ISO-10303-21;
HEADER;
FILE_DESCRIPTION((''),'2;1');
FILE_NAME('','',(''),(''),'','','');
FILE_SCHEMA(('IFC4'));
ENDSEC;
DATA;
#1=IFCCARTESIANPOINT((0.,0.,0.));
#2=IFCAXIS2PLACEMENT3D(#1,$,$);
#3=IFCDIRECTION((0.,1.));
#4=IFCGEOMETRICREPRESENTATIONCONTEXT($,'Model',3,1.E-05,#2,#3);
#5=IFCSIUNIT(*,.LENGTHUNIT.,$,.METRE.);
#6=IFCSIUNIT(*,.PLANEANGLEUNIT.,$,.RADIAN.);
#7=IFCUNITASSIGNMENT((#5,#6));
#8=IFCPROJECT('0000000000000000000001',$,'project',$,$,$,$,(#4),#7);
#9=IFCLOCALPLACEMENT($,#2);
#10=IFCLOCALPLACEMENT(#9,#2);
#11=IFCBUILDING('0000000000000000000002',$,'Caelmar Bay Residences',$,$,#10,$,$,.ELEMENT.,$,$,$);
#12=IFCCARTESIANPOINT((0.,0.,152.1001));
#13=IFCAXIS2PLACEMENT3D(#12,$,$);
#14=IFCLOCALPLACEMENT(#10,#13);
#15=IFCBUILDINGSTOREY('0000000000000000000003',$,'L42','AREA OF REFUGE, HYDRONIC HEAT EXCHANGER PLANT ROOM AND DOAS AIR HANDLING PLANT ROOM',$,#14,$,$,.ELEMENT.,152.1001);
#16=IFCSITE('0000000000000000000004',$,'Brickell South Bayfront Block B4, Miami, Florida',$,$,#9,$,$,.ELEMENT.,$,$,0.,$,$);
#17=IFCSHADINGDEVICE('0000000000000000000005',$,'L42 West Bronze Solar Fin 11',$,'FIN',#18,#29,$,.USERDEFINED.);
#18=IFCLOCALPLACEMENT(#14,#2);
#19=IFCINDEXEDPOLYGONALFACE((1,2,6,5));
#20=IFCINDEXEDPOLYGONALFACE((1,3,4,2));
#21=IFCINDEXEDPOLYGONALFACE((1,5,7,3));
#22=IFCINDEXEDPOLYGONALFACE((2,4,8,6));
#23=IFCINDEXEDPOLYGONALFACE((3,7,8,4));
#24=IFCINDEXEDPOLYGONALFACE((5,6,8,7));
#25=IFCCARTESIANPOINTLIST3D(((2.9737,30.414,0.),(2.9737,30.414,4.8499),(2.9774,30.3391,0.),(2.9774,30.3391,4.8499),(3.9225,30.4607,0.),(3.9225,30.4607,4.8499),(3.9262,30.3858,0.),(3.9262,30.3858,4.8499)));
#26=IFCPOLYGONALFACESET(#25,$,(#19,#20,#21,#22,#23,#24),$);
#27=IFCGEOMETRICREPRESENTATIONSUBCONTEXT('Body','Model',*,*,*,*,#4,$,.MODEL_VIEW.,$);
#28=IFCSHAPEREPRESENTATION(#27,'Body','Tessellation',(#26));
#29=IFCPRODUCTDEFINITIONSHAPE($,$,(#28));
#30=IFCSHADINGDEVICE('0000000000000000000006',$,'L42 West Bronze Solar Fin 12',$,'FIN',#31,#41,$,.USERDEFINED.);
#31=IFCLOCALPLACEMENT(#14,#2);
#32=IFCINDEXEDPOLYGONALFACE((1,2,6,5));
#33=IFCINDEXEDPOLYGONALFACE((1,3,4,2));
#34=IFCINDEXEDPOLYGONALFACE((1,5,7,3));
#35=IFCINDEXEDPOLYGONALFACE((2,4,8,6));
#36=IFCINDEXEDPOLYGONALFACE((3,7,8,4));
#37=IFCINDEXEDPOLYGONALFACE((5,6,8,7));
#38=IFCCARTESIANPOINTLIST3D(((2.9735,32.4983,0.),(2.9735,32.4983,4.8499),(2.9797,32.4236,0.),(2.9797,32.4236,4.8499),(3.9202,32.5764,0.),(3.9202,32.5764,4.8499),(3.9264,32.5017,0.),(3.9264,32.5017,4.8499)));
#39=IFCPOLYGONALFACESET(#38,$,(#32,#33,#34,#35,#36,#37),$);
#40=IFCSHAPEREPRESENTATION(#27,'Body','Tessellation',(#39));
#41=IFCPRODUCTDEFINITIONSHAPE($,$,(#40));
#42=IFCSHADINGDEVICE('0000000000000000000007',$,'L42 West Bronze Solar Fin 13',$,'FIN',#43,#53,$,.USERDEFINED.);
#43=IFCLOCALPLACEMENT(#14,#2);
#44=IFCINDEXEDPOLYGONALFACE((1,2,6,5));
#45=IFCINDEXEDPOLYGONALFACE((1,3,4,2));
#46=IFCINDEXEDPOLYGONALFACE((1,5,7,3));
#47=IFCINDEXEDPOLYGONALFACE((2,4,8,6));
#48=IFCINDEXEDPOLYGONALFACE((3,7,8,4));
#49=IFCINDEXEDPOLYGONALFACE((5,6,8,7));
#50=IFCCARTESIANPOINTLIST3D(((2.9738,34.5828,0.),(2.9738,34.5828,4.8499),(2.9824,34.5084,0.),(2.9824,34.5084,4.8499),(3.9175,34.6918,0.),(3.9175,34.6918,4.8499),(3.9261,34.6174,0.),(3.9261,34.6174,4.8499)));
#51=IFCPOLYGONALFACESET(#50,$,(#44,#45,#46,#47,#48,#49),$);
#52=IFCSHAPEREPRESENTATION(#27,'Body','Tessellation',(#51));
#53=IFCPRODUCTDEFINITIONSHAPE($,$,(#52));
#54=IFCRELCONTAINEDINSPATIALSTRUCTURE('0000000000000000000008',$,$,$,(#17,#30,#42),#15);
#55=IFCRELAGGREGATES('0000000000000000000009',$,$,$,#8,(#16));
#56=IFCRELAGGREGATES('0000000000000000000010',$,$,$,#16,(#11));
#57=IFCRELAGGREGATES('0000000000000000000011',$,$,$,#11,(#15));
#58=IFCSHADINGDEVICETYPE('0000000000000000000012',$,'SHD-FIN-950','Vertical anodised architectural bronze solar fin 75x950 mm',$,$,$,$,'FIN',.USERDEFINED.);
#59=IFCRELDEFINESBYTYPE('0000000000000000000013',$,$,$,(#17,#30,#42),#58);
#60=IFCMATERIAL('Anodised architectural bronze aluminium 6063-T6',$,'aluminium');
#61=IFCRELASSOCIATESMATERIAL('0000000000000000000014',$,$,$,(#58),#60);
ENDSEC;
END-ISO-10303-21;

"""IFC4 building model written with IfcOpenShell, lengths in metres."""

from ifc_helpers import new_model, si_unit, direction, frame, origin, origin_2d, place, context, subcontext, project, spatial, rectangle, extrude, material, material_profile, profile_set, type_object, element, save


model = new_model("IFC4")

# Units and contexts
model_context = context("Model", 3, precision=1e-05, world=origin(), true_north=direction((0.0, 1.0)))
body_context = subcontext(model_context, "Body", "Model", "MODEL_VIEW")
ifc_project = project(units=[si_unit("LENGTHUNIT", "METRE"), si_unit("PLANEANGLEUNIT", "RADIAN")], contexts=[model_context])

# Site, building, storey
site_placement = place(None, origin())
site = spatial("IfcSite", under=ifc_project, at=site_placement, Name="Brickell South Bayfront Block B4, Miami, Florida", CompositionType="ELEMENT", RefElevation=0.0)
building_placement = place(site_placement, origin())
building = spatial("IfcBuilding", under=site, at=building_placement, Name="Caelmar Bay Residences", CompositionType="ELEMENT")
storey_placement = place(building_placement, frame((0.0, 0.0, 152.1001)))
storey = spatial("IfcBuildingStorey", under=building, at=storey_placement, Name="L42", Description="AREA OF REFUGE, HYDRONIC HEAT EXCHANGER PLANT ROOM AND DOAS AIR HANDLING PLANT ROOM", CompositionType="ELEMENT", Elevation=152.1001)

# Shading devices
ifc_material_1 = material(Name="Anodised architectural bronze aluminium 6063-T6", Category="aluminium")
ifc_material_profile_1 = material_profile(ifc_material_1, rectangle(XDim=0.075, YDim=0.95, at=origin_2d()), Name="BRONZE-FIN-75X950")
ifc_profile_set_1 = profile_set([ifc_material_profile_1], Name="Anodised architectural bronze aluminium 6063-T6")
shading_device_type = type_object("IfcShadingDeviceType", Name="SHD-FIN-950", Description="Vertical anodised architectural bronze solar fin 75x950 mm", ElementType="FIN", PredefinedType="USERDEFINED", material=ifc_profile_set_1)
for number, where, z_axis, x_axis, name in (
    (1, (3.45, 30.3999, 0.0), (0.0, 0.0, 1.0), (-0.049198, 0.998789, 0.0), "L42 West Bronze Solar Fin 11"),
    (2, (3.45, 32.5, 0.0), (0.0, 0.0, 1.0), (-0.082112, 0.996623, 0.0), "L42 West Bronze Solar Fin 12"),
    (3, (3.45, 34.6001, 0.0), (0.0, 0.0, 1.0), (-0.114764, 0.993393, 0.0), "L42 West Bronze Solar Fin 13"),
):
    element("IfcShadingDevice", number, at=place(storey_placement, frame(where, z_axis=z_axis, x_axis=x_axis)), inside=storey, type_object=shading_device_type, Name=name, ObjectType="FIN", PredefinedType="USERDEFINED", context=body_context, shape_type="SweptSolid", body=[
        extrude(rectangle(XDim=0.075, YDim=0.95, at=origin_2d()), origin(), (0.0, 0.0, 1.0), 4.8499),
    ])

save(model, "model.ifc")
